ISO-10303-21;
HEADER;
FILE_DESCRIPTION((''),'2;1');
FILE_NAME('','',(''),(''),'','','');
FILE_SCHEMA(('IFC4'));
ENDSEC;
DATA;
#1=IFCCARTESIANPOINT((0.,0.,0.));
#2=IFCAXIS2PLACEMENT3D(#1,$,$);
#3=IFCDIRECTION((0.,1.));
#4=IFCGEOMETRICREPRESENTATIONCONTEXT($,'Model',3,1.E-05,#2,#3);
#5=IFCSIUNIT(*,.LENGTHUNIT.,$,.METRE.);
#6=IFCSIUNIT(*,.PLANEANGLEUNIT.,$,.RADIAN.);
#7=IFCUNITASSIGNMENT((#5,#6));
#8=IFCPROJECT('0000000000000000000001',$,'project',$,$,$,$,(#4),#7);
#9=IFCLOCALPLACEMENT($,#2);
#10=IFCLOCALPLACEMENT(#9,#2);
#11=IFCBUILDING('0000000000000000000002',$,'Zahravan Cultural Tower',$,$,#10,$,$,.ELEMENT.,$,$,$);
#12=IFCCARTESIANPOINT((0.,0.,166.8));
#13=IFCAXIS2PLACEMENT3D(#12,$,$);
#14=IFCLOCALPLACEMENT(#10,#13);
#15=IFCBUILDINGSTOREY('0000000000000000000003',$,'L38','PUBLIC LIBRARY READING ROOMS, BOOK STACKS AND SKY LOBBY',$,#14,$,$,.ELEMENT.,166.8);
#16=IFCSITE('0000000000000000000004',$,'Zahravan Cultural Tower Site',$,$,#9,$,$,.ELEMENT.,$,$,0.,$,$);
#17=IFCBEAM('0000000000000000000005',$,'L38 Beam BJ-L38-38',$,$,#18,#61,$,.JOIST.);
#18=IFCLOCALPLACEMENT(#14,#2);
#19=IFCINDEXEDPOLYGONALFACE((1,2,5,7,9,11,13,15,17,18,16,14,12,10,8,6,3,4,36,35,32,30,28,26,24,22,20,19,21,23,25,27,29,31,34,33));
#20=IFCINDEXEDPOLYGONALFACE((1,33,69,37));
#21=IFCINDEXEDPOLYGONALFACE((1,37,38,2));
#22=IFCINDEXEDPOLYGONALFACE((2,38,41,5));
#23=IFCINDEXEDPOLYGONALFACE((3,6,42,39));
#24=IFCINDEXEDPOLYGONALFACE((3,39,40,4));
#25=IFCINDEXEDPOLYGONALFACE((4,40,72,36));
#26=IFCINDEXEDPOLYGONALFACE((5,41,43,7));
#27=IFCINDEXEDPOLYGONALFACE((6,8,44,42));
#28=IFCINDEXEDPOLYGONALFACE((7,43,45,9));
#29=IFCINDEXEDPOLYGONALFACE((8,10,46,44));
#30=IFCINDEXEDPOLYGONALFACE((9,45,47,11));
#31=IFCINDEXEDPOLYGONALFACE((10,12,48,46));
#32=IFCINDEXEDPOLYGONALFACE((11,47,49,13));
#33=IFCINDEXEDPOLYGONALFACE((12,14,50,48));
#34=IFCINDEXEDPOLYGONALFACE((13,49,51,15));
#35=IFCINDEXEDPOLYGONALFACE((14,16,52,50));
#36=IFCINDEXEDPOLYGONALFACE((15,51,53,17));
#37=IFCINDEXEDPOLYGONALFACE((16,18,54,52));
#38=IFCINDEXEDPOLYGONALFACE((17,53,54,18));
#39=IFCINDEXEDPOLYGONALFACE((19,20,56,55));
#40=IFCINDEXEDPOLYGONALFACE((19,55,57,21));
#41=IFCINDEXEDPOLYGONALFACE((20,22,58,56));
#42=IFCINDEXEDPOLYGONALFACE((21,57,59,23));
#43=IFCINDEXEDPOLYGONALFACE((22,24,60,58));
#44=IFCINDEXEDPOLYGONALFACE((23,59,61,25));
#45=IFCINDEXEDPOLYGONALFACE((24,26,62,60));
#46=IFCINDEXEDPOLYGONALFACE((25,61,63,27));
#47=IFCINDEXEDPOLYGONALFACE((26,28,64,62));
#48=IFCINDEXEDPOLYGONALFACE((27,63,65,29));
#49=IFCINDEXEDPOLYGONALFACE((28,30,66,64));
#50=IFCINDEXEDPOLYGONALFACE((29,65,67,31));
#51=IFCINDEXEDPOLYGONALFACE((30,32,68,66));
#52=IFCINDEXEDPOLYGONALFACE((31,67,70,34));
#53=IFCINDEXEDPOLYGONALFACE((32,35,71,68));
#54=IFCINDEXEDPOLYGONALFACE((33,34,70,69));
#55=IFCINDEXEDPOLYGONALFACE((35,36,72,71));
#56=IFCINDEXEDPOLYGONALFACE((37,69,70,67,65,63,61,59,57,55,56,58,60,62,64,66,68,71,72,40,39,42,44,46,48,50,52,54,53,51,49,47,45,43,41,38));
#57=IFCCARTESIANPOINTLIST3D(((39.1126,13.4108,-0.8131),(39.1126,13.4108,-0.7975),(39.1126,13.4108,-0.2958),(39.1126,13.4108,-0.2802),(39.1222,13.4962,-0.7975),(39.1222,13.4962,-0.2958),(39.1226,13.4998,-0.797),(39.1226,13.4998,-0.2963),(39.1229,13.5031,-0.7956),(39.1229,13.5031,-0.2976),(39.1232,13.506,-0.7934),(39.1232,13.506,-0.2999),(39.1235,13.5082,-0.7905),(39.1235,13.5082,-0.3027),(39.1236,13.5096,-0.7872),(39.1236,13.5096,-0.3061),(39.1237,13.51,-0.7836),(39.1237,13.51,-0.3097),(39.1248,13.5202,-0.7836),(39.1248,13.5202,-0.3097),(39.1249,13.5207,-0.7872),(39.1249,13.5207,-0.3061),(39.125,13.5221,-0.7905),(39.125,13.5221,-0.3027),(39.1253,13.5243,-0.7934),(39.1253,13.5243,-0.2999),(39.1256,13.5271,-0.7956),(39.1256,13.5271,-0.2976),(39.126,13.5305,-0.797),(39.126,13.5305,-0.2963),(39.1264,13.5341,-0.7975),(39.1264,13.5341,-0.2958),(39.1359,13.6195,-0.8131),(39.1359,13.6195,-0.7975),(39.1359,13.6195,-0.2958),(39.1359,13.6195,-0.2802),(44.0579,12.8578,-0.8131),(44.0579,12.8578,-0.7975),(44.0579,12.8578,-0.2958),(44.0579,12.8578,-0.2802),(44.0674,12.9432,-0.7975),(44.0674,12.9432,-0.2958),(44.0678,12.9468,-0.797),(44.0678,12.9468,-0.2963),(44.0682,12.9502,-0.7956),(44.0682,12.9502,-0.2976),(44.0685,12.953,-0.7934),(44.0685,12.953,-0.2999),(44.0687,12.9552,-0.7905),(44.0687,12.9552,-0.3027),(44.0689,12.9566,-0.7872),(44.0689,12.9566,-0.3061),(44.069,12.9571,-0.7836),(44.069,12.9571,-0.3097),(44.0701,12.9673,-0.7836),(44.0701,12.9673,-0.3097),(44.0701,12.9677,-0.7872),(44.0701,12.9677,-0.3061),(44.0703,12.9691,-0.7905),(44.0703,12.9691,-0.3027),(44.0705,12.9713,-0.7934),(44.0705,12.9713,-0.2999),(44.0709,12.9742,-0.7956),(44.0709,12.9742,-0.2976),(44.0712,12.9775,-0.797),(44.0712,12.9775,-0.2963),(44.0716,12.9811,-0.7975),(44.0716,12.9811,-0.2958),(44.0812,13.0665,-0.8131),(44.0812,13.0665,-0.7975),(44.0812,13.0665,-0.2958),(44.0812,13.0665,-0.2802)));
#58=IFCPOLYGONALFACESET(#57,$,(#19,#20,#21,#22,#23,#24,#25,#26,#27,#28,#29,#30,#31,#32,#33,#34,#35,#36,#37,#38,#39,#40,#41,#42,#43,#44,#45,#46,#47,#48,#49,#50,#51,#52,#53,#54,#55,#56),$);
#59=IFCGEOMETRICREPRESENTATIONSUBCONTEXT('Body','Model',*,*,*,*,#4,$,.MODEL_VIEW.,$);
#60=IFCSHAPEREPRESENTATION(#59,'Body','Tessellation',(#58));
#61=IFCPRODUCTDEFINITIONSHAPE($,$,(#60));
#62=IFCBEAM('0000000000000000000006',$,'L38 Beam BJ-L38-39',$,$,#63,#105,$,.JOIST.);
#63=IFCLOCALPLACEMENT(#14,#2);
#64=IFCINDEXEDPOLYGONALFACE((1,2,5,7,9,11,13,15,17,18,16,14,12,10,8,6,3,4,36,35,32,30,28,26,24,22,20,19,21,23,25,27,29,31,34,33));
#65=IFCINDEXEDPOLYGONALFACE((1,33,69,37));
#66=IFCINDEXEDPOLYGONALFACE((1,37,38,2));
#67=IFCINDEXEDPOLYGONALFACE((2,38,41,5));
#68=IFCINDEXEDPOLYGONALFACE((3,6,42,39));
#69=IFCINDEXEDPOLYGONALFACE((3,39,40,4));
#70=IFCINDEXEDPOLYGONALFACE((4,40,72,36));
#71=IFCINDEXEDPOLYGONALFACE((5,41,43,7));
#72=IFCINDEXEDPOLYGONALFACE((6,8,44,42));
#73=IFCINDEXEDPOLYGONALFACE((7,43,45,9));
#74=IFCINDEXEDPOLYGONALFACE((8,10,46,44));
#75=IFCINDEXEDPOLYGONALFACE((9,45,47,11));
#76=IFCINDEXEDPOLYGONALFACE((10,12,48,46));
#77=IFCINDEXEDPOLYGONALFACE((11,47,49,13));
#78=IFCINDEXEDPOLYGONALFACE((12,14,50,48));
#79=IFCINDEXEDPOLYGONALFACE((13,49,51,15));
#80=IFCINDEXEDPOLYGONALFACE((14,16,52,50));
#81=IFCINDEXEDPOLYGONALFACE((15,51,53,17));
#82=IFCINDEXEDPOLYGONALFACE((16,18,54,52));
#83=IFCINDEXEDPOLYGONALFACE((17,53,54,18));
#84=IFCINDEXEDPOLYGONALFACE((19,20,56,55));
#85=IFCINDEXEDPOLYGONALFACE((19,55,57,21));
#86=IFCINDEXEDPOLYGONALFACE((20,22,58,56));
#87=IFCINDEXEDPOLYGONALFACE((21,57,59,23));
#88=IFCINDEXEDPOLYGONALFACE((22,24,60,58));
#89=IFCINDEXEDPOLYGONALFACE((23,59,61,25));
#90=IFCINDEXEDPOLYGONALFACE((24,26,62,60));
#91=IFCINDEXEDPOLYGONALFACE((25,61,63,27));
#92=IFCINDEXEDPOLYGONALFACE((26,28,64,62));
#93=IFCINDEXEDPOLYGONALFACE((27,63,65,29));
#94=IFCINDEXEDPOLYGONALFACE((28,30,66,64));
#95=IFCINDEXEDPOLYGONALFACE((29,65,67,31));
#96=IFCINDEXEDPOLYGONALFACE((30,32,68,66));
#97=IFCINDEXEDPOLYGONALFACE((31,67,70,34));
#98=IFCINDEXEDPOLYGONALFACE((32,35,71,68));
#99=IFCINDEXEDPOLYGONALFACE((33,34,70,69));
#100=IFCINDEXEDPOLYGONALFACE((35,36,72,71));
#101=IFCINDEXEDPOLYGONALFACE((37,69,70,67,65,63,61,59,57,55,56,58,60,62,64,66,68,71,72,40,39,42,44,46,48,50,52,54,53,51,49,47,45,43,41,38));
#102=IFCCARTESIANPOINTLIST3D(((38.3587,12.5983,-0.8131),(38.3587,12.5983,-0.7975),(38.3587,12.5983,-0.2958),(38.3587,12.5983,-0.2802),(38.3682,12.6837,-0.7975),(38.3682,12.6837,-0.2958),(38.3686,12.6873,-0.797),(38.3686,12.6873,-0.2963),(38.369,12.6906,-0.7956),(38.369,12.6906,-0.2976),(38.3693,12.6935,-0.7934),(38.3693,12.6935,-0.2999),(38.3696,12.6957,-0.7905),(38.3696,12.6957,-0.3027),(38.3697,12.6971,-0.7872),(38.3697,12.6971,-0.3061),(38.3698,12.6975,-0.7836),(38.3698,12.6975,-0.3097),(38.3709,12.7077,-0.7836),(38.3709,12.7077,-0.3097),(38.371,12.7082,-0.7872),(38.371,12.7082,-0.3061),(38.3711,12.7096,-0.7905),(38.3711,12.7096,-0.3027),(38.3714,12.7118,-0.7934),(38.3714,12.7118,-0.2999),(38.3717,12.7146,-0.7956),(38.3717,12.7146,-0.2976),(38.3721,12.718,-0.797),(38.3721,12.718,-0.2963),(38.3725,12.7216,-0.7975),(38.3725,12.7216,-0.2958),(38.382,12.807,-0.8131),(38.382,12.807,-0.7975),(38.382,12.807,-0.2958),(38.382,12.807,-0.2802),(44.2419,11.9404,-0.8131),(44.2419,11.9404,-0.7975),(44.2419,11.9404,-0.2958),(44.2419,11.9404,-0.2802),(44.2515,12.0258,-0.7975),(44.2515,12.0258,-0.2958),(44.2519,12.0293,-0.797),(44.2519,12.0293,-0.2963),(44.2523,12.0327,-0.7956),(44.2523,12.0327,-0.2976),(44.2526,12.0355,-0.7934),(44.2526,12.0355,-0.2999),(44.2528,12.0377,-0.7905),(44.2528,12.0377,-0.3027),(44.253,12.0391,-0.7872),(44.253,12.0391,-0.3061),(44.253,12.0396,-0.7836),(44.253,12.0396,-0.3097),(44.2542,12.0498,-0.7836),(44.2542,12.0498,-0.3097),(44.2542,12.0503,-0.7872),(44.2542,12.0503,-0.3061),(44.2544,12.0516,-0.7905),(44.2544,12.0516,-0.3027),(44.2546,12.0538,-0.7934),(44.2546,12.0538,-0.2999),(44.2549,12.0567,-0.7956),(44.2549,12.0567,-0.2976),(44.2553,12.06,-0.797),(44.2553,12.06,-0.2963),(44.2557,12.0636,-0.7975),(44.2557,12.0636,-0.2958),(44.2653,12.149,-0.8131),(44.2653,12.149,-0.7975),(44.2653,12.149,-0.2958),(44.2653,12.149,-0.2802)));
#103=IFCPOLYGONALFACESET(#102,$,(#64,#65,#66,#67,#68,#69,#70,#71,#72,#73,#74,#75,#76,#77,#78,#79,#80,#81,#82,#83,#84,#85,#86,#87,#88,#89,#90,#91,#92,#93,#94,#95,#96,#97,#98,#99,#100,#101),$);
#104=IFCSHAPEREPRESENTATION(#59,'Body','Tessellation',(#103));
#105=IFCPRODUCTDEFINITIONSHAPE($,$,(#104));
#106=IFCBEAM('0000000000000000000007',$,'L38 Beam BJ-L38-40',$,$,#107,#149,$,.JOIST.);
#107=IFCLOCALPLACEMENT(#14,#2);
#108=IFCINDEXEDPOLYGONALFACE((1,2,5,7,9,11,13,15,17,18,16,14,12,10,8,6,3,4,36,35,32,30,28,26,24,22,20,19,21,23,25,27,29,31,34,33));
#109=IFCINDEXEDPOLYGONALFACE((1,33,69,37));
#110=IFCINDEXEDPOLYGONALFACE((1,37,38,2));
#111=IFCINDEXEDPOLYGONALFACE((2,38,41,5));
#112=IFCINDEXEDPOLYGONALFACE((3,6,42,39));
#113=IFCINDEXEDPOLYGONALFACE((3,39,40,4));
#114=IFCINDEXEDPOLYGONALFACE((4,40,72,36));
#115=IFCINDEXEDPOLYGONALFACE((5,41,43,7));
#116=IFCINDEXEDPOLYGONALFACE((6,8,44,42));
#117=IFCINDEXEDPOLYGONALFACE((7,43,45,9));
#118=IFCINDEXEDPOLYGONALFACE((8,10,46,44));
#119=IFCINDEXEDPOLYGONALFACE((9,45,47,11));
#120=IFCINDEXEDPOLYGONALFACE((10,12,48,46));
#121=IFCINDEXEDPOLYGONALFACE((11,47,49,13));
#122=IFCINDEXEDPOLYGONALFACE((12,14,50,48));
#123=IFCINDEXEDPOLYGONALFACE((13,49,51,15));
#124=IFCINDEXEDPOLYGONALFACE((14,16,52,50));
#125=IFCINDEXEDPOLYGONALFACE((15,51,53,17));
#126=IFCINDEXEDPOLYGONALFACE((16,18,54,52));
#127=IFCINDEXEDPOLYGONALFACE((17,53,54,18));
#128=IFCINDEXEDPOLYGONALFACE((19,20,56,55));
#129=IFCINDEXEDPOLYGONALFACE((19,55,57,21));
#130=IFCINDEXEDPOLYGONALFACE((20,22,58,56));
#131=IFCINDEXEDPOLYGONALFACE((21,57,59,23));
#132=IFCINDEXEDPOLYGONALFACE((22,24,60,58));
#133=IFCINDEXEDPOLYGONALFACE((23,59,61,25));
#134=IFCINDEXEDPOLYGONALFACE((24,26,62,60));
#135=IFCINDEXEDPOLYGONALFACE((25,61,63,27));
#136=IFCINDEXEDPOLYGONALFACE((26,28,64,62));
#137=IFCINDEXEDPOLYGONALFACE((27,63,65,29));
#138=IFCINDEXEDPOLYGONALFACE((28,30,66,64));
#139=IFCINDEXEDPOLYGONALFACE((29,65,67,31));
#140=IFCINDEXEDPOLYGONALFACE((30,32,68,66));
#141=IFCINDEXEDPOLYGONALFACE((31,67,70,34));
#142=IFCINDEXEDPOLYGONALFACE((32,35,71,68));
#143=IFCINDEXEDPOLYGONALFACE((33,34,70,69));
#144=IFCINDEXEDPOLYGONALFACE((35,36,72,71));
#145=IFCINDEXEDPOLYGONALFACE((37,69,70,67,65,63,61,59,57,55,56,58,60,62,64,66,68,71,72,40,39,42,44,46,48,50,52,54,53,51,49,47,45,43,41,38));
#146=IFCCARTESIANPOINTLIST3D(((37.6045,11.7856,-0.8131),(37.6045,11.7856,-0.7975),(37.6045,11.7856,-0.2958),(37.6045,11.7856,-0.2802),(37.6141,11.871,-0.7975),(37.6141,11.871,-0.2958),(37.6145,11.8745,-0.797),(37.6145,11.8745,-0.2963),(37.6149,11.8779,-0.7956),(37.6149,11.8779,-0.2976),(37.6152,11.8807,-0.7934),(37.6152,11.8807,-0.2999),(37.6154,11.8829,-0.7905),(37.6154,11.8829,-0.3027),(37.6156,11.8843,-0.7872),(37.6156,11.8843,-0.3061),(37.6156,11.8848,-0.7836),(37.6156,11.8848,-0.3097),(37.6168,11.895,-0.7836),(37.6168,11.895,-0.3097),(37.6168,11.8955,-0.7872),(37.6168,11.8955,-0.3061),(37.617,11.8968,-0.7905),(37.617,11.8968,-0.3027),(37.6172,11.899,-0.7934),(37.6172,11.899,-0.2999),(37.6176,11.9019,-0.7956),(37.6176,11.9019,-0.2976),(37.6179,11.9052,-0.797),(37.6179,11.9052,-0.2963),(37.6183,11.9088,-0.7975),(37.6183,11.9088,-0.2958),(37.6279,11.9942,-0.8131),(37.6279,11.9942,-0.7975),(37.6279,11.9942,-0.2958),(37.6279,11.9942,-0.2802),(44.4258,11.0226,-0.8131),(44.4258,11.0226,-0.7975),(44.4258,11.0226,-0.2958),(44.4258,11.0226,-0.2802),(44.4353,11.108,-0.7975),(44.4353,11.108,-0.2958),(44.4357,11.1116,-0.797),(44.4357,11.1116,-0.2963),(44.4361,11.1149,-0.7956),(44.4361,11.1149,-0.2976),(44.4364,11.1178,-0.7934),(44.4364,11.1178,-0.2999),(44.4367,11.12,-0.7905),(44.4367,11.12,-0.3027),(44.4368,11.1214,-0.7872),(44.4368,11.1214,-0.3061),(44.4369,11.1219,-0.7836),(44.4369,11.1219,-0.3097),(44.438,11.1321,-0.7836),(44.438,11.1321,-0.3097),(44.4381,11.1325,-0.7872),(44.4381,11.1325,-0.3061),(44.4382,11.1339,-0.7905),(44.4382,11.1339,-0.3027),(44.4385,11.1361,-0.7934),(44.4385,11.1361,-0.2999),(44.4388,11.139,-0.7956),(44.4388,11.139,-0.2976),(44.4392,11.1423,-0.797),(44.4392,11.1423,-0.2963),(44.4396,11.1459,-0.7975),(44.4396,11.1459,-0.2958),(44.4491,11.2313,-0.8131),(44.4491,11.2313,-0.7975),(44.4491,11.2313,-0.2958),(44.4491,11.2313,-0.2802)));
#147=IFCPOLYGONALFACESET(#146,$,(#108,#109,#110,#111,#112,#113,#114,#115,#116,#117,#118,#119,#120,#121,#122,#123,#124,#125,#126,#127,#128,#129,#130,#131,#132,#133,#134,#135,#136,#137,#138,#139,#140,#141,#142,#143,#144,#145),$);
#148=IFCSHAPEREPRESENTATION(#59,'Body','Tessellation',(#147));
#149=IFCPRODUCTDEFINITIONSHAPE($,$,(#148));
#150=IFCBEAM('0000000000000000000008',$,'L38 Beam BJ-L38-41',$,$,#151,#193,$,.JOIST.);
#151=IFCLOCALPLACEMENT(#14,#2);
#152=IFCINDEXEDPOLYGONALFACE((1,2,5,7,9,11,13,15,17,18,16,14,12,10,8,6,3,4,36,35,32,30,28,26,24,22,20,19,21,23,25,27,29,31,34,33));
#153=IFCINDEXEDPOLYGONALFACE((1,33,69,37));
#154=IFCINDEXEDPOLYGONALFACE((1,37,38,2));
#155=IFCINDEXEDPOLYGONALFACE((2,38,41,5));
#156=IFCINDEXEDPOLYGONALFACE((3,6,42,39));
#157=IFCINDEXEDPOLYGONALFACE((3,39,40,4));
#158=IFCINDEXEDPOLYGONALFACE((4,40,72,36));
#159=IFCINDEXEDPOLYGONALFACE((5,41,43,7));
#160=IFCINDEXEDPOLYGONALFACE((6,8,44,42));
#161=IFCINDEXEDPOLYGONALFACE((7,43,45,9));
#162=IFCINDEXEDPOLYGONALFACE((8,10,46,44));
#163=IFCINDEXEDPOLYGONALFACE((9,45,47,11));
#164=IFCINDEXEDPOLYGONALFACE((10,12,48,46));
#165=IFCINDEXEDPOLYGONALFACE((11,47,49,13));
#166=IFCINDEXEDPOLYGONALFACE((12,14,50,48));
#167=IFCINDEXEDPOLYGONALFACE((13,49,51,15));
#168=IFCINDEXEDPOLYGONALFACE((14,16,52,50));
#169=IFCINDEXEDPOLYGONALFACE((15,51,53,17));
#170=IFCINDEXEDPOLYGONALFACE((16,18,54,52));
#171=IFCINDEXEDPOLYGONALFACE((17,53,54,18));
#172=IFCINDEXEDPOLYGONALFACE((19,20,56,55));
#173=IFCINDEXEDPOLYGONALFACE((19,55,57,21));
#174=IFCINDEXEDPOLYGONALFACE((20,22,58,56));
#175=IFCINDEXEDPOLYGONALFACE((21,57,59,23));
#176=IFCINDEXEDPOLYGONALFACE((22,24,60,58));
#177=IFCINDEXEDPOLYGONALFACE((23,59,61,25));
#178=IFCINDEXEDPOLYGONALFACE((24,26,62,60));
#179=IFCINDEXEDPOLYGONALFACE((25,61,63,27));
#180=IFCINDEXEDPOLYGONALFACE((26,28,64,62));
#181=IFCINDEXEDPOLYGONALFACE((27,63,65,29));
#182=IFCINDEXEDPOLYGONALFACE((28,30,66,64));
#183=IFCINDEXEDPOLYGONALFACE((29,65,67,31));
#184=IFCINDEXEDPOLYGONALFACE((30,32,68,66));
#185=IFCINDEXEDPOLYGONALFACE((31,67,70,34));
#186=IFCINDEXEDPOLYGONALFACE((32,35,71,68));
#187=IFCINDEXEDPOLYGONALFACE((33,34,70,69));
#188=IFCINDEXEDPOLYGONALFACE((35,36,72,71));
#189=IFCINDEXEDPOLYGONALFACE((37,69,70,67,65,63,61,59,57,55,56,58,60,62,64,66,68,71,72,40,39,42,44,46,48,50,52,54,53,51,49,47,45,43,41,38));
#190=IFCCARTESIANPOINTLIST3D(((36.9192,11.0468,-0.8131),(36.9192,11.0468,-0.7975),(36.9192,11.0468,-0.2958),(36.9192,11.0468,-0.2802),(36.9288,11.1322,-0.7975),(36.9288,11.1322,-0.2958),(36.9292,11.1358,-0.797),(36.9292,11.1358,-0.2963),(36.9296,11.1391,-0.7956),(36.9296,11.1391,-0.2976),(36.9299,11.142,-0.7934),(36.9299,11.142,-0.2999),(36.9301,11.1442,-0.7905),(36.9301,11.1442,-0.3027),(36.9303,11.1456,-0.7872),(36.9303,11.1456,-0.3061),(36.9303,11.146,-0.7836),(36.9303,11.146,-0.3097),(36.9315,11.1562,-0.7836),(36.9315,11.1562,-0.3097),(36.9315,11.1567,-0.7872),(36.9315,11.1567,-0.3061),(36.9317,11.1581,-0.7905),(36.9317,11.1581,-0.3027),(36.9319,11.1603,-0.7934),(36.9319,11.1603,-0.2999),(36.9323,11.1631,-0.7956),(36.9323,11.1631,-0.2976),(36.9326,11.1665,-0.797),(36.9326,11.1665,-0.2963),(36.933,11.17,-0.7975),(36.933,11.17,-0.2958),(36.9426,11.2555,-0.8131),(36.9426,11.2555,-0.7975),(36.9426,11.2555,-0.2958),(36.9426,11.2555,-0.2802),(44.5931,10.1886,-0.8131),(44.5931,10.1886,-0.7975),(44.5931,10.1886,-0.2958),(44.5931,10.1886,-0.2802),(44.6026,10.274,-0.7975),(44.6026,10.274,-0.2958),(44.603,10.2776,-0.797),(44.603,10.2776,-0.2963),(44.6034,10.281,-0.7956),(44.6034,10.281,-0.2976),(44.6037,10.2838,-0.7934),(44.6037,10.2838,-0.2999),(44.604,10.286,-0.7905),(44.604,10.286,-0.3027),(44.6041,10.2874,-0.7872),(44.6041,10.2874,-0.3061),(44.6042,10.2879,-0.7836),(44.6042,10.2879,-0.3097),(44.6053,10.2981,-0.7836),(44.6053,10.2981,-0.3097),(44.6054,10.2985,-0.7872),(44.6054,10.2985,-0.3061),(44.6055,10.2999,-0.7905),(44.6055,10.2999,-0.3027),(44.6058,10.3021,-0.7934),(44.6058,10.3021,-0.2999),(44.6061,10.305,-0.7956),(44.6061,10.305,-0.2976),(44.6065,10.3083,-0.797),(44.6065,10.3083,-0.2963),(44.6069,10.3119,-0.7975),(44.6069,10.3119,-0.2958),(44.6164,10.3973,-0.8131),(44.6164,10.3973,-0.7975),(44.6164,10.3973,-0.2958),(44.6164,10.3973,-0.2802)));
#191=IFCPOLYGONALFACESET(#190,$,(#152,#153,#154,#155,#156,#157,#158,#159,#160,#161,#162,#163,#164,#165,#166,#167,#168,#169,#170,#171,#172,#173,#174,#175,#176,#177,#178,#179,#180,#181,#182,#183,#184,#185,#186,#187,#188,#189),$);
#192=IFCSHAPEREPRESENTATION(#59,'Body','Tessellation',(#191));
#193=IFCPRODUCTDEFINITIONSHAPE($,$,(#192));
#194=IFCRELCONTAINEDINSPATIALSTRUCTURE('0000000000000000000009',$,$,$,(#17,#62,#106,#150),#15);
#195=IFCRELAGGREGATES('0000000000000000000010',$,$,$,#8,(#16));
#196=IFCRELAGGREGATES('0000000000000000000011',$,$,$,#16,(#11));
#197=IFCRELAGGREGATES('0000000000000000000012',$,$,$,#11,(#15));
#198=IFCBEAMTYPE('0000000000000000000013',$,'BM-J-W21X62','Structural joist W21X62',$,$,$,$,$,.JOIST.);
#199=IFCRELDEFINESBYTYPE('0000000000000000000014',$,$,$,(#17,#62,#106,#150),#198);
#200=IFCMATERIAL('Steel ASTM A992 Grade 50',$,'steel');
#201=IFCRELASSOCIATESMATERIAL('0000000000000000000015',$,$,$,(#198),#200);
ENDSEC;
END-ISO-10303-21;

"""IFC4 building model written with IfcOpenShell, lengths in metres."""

from ifc_helpers import new_model, si_unit, direction, frame, origin, origin_2d, place, context, subcontext, project, spatial, i_section, extrude, source, transform, mapped, material, material_profile, profile_set, type_object, element, save


model = new_model("IFC4")

# Units and contexts
model_context = context("Model", 3, precision=1e-05, world=origin(), true_north=direction((0.0, 1.0)))
body_context = subcontext(model_context, "Body", "Model", "MODEL_VIEW")
ifc_project = project(units=[si_unit("LENGTHUNIT", "METRE"), si_unit("PLANEANGLEUNIT", "RADIAN")], contexts=[model_context])

# Site, building, storey
site_placement = place(None, origin())
site = spatial("IfcSite", under=ifc_project, at=site_placement, Name="Zahravan Cultural Tower Site", CompositionType="ELEMENT", RefElevation=0.0)
building_placement = place(site_placement, origin())
building = spatial("IfcBuilding", under=site, at=building_placement, Name="Zahravan Cultural Tower", CompositionType="ELEMENT")
storey_placement = place(building_placement, frame((0.0, 0.0, 166.8)))
storey = spatial("IfcBuildingStorey", under=building, at=storey_placement, Name="L38", Description="PUBLIC LIBRARY READING ROOMS, BOOK STACKS AND SKY LOBBY", CompositionType="ELEMENT", Elevation=166.8)

# Beams
ifc_material_1 = material(Name="Steel ASTM A992 Grade 50", Category="steel")
ifc_material_profile_1 = material_profile(ifc_material_1, i_section(OverallWidth=0.21, OverallDepth=0.533, WebThickness=0.0103, FlangeThickness=0.0156, FilletRadius=0.0139, at=origin_2d()), Name="W21X62")
ifc_profile_set_1 = profile_set([ifc_material_profile_1], Name="Steel ASTM A992 Grade 50")
beam_type = type_object("IfcBeamType", Name="BM-J-W21X62", Description="Structural joist W21X62", PredefinedType="JOIST", material=ifc_profile_set_1)
shared_shape_1 = source(origin(), body_context, "Body", "SweptSolid", [
    extrude(i_section(OverallWidth=0.21, OverallDepth=0.533, WebThickness=0.0103, FlangeThickness=0.0156, FilletRadius=0.0139, at=origin_2d()), origin(), (0.0, 0.0, 1.0), 4.9761),
])
beam_1_placement = place(storey_placement, frame((39.1243, 13.5151, -0.5466), z_axis=(0.993806, -0.111126, 0.0), x_axis=(0.111126, 0.993806, 0.0)))
element("IfcBeam", 1, at=beam_1_placement, inside=storey, type_object=beam_type, Name="L38 Beam BJ-L38-38", PredefinedType="JOIST", context=body_context, shape_type="MappedRepresentation", body=[
    mapped(shared_shape_1, transform((0.0, 0.0, 0.0), x_axis=(1.0, 0.0, 0.0), y_axis=(0.0, 1.0, 0.0), z_axis=(0.0, 0.0, 1.0), scale=1.0)),
])
shared_shape_2 = source(origin(), body_context, "Body", "SweptSolid", [
    extrude(i_section(OverallWidth=0.21, OverallDepth=0.533, WebThickness=0.0103, FlangeThickness=0.0156, FilletRadius=0.0139, at=origin_2d()), origin(), (0.0, 0.0, 1.0), 5.9199),
])
beam_2_placement = place(storey_placement, frame((38.3704, 12.7026, -0.5466), z_axis=(0.993805, -0.111142, 0.0), x_axis=(0.111142, 0.993805, 0.0)))
element("IfcBeam", 2, at=beam_2_placement, inside=storey, type_object=beam_type, Name="L38 Beam BJ-L38-39", PredefinedType="JOIST", context=body_context, shape_type="MappedRepresentation", body=[
    mapped(shared_shape_2, transform((0.0, 0.0, 0.0), x_axis=(1.0, 0.0, 0.0), y_axis=(0.0, 1.0, 0.0), z_axis=(0.0, 0.0, 1.0), scale=1.0)),
])
shared_shape_3 = source(origin(), body_context, "Body", "SweptSolid", [
    extrude(i_section(OverallWidth=0.21, OverallDepth=0.533, WebThickness=0.0103, FlangeThickness=0.0156, FilletRadius=0.0139, at=origin_2d()), origin(), (0.0, 0.0, 1.0), 6.8638),
])
beam_3_placement = place(storey_placement, frame((37.6162, 11.8899, -0.5466), z_axis=(0.993803, -0.111154, 0.0), x_axis=(0.111154, 0.993803, 0.0)))
element("IfcBeam", 3, at=beam_3_placement, inside=storey, type_object=beam_type, Name="L38 Beam BJ-L38-40", PredefinedType="JOIST", context=body_context, shape_type="MappedRepresentation", body=[
    mapped(shared_shape_3, transform((0.0, 0.0, 0.0), x_axis=(1.0, 0.0, 0.0), y_axis=(0.0, 1.0, 0.0), z_axis=(0.0, 0.0, 1.0), scale=1.0)),
])
shared_shape_4 = source(origin(), body_context, "Body", "SweptSolid", [
    extrude(i_section(OverallWidth=0.21, OverallDepth=0.533, WebThickness=0.0103, FlangeThickness=0.0156, FilletRadius=0.0139, at=origin_2d()), origin(), (0.0, 0.0, 1.0), 7.7217),
])
beam_4_placement = place(storey_placement, frame((36.9309, 11.1511, -0.5466), z_axis=(0.993805, -0.111136, 0.0), x_axis=(0.111136, 0.993805, 0.0)))
element("IfcBeam", 4, at=beam_4_placement, inside=storey, type_object=beam_type, Name="L38 Beam BJ-L38-41", PredefinedType="JOIST", context=body_context, shape_type="MappedRepresentation", body=[
    mapped(shared_shape_4, transform((0.0, 0.0, 0.0), x_axis=(1.0, 0.0, 0.0), y_axis=(0.0, 1.0, 0.0), z_axis=(0.0, 0.0, 1.0), scale=1.0)),
])

save(model, "model.ifc")
